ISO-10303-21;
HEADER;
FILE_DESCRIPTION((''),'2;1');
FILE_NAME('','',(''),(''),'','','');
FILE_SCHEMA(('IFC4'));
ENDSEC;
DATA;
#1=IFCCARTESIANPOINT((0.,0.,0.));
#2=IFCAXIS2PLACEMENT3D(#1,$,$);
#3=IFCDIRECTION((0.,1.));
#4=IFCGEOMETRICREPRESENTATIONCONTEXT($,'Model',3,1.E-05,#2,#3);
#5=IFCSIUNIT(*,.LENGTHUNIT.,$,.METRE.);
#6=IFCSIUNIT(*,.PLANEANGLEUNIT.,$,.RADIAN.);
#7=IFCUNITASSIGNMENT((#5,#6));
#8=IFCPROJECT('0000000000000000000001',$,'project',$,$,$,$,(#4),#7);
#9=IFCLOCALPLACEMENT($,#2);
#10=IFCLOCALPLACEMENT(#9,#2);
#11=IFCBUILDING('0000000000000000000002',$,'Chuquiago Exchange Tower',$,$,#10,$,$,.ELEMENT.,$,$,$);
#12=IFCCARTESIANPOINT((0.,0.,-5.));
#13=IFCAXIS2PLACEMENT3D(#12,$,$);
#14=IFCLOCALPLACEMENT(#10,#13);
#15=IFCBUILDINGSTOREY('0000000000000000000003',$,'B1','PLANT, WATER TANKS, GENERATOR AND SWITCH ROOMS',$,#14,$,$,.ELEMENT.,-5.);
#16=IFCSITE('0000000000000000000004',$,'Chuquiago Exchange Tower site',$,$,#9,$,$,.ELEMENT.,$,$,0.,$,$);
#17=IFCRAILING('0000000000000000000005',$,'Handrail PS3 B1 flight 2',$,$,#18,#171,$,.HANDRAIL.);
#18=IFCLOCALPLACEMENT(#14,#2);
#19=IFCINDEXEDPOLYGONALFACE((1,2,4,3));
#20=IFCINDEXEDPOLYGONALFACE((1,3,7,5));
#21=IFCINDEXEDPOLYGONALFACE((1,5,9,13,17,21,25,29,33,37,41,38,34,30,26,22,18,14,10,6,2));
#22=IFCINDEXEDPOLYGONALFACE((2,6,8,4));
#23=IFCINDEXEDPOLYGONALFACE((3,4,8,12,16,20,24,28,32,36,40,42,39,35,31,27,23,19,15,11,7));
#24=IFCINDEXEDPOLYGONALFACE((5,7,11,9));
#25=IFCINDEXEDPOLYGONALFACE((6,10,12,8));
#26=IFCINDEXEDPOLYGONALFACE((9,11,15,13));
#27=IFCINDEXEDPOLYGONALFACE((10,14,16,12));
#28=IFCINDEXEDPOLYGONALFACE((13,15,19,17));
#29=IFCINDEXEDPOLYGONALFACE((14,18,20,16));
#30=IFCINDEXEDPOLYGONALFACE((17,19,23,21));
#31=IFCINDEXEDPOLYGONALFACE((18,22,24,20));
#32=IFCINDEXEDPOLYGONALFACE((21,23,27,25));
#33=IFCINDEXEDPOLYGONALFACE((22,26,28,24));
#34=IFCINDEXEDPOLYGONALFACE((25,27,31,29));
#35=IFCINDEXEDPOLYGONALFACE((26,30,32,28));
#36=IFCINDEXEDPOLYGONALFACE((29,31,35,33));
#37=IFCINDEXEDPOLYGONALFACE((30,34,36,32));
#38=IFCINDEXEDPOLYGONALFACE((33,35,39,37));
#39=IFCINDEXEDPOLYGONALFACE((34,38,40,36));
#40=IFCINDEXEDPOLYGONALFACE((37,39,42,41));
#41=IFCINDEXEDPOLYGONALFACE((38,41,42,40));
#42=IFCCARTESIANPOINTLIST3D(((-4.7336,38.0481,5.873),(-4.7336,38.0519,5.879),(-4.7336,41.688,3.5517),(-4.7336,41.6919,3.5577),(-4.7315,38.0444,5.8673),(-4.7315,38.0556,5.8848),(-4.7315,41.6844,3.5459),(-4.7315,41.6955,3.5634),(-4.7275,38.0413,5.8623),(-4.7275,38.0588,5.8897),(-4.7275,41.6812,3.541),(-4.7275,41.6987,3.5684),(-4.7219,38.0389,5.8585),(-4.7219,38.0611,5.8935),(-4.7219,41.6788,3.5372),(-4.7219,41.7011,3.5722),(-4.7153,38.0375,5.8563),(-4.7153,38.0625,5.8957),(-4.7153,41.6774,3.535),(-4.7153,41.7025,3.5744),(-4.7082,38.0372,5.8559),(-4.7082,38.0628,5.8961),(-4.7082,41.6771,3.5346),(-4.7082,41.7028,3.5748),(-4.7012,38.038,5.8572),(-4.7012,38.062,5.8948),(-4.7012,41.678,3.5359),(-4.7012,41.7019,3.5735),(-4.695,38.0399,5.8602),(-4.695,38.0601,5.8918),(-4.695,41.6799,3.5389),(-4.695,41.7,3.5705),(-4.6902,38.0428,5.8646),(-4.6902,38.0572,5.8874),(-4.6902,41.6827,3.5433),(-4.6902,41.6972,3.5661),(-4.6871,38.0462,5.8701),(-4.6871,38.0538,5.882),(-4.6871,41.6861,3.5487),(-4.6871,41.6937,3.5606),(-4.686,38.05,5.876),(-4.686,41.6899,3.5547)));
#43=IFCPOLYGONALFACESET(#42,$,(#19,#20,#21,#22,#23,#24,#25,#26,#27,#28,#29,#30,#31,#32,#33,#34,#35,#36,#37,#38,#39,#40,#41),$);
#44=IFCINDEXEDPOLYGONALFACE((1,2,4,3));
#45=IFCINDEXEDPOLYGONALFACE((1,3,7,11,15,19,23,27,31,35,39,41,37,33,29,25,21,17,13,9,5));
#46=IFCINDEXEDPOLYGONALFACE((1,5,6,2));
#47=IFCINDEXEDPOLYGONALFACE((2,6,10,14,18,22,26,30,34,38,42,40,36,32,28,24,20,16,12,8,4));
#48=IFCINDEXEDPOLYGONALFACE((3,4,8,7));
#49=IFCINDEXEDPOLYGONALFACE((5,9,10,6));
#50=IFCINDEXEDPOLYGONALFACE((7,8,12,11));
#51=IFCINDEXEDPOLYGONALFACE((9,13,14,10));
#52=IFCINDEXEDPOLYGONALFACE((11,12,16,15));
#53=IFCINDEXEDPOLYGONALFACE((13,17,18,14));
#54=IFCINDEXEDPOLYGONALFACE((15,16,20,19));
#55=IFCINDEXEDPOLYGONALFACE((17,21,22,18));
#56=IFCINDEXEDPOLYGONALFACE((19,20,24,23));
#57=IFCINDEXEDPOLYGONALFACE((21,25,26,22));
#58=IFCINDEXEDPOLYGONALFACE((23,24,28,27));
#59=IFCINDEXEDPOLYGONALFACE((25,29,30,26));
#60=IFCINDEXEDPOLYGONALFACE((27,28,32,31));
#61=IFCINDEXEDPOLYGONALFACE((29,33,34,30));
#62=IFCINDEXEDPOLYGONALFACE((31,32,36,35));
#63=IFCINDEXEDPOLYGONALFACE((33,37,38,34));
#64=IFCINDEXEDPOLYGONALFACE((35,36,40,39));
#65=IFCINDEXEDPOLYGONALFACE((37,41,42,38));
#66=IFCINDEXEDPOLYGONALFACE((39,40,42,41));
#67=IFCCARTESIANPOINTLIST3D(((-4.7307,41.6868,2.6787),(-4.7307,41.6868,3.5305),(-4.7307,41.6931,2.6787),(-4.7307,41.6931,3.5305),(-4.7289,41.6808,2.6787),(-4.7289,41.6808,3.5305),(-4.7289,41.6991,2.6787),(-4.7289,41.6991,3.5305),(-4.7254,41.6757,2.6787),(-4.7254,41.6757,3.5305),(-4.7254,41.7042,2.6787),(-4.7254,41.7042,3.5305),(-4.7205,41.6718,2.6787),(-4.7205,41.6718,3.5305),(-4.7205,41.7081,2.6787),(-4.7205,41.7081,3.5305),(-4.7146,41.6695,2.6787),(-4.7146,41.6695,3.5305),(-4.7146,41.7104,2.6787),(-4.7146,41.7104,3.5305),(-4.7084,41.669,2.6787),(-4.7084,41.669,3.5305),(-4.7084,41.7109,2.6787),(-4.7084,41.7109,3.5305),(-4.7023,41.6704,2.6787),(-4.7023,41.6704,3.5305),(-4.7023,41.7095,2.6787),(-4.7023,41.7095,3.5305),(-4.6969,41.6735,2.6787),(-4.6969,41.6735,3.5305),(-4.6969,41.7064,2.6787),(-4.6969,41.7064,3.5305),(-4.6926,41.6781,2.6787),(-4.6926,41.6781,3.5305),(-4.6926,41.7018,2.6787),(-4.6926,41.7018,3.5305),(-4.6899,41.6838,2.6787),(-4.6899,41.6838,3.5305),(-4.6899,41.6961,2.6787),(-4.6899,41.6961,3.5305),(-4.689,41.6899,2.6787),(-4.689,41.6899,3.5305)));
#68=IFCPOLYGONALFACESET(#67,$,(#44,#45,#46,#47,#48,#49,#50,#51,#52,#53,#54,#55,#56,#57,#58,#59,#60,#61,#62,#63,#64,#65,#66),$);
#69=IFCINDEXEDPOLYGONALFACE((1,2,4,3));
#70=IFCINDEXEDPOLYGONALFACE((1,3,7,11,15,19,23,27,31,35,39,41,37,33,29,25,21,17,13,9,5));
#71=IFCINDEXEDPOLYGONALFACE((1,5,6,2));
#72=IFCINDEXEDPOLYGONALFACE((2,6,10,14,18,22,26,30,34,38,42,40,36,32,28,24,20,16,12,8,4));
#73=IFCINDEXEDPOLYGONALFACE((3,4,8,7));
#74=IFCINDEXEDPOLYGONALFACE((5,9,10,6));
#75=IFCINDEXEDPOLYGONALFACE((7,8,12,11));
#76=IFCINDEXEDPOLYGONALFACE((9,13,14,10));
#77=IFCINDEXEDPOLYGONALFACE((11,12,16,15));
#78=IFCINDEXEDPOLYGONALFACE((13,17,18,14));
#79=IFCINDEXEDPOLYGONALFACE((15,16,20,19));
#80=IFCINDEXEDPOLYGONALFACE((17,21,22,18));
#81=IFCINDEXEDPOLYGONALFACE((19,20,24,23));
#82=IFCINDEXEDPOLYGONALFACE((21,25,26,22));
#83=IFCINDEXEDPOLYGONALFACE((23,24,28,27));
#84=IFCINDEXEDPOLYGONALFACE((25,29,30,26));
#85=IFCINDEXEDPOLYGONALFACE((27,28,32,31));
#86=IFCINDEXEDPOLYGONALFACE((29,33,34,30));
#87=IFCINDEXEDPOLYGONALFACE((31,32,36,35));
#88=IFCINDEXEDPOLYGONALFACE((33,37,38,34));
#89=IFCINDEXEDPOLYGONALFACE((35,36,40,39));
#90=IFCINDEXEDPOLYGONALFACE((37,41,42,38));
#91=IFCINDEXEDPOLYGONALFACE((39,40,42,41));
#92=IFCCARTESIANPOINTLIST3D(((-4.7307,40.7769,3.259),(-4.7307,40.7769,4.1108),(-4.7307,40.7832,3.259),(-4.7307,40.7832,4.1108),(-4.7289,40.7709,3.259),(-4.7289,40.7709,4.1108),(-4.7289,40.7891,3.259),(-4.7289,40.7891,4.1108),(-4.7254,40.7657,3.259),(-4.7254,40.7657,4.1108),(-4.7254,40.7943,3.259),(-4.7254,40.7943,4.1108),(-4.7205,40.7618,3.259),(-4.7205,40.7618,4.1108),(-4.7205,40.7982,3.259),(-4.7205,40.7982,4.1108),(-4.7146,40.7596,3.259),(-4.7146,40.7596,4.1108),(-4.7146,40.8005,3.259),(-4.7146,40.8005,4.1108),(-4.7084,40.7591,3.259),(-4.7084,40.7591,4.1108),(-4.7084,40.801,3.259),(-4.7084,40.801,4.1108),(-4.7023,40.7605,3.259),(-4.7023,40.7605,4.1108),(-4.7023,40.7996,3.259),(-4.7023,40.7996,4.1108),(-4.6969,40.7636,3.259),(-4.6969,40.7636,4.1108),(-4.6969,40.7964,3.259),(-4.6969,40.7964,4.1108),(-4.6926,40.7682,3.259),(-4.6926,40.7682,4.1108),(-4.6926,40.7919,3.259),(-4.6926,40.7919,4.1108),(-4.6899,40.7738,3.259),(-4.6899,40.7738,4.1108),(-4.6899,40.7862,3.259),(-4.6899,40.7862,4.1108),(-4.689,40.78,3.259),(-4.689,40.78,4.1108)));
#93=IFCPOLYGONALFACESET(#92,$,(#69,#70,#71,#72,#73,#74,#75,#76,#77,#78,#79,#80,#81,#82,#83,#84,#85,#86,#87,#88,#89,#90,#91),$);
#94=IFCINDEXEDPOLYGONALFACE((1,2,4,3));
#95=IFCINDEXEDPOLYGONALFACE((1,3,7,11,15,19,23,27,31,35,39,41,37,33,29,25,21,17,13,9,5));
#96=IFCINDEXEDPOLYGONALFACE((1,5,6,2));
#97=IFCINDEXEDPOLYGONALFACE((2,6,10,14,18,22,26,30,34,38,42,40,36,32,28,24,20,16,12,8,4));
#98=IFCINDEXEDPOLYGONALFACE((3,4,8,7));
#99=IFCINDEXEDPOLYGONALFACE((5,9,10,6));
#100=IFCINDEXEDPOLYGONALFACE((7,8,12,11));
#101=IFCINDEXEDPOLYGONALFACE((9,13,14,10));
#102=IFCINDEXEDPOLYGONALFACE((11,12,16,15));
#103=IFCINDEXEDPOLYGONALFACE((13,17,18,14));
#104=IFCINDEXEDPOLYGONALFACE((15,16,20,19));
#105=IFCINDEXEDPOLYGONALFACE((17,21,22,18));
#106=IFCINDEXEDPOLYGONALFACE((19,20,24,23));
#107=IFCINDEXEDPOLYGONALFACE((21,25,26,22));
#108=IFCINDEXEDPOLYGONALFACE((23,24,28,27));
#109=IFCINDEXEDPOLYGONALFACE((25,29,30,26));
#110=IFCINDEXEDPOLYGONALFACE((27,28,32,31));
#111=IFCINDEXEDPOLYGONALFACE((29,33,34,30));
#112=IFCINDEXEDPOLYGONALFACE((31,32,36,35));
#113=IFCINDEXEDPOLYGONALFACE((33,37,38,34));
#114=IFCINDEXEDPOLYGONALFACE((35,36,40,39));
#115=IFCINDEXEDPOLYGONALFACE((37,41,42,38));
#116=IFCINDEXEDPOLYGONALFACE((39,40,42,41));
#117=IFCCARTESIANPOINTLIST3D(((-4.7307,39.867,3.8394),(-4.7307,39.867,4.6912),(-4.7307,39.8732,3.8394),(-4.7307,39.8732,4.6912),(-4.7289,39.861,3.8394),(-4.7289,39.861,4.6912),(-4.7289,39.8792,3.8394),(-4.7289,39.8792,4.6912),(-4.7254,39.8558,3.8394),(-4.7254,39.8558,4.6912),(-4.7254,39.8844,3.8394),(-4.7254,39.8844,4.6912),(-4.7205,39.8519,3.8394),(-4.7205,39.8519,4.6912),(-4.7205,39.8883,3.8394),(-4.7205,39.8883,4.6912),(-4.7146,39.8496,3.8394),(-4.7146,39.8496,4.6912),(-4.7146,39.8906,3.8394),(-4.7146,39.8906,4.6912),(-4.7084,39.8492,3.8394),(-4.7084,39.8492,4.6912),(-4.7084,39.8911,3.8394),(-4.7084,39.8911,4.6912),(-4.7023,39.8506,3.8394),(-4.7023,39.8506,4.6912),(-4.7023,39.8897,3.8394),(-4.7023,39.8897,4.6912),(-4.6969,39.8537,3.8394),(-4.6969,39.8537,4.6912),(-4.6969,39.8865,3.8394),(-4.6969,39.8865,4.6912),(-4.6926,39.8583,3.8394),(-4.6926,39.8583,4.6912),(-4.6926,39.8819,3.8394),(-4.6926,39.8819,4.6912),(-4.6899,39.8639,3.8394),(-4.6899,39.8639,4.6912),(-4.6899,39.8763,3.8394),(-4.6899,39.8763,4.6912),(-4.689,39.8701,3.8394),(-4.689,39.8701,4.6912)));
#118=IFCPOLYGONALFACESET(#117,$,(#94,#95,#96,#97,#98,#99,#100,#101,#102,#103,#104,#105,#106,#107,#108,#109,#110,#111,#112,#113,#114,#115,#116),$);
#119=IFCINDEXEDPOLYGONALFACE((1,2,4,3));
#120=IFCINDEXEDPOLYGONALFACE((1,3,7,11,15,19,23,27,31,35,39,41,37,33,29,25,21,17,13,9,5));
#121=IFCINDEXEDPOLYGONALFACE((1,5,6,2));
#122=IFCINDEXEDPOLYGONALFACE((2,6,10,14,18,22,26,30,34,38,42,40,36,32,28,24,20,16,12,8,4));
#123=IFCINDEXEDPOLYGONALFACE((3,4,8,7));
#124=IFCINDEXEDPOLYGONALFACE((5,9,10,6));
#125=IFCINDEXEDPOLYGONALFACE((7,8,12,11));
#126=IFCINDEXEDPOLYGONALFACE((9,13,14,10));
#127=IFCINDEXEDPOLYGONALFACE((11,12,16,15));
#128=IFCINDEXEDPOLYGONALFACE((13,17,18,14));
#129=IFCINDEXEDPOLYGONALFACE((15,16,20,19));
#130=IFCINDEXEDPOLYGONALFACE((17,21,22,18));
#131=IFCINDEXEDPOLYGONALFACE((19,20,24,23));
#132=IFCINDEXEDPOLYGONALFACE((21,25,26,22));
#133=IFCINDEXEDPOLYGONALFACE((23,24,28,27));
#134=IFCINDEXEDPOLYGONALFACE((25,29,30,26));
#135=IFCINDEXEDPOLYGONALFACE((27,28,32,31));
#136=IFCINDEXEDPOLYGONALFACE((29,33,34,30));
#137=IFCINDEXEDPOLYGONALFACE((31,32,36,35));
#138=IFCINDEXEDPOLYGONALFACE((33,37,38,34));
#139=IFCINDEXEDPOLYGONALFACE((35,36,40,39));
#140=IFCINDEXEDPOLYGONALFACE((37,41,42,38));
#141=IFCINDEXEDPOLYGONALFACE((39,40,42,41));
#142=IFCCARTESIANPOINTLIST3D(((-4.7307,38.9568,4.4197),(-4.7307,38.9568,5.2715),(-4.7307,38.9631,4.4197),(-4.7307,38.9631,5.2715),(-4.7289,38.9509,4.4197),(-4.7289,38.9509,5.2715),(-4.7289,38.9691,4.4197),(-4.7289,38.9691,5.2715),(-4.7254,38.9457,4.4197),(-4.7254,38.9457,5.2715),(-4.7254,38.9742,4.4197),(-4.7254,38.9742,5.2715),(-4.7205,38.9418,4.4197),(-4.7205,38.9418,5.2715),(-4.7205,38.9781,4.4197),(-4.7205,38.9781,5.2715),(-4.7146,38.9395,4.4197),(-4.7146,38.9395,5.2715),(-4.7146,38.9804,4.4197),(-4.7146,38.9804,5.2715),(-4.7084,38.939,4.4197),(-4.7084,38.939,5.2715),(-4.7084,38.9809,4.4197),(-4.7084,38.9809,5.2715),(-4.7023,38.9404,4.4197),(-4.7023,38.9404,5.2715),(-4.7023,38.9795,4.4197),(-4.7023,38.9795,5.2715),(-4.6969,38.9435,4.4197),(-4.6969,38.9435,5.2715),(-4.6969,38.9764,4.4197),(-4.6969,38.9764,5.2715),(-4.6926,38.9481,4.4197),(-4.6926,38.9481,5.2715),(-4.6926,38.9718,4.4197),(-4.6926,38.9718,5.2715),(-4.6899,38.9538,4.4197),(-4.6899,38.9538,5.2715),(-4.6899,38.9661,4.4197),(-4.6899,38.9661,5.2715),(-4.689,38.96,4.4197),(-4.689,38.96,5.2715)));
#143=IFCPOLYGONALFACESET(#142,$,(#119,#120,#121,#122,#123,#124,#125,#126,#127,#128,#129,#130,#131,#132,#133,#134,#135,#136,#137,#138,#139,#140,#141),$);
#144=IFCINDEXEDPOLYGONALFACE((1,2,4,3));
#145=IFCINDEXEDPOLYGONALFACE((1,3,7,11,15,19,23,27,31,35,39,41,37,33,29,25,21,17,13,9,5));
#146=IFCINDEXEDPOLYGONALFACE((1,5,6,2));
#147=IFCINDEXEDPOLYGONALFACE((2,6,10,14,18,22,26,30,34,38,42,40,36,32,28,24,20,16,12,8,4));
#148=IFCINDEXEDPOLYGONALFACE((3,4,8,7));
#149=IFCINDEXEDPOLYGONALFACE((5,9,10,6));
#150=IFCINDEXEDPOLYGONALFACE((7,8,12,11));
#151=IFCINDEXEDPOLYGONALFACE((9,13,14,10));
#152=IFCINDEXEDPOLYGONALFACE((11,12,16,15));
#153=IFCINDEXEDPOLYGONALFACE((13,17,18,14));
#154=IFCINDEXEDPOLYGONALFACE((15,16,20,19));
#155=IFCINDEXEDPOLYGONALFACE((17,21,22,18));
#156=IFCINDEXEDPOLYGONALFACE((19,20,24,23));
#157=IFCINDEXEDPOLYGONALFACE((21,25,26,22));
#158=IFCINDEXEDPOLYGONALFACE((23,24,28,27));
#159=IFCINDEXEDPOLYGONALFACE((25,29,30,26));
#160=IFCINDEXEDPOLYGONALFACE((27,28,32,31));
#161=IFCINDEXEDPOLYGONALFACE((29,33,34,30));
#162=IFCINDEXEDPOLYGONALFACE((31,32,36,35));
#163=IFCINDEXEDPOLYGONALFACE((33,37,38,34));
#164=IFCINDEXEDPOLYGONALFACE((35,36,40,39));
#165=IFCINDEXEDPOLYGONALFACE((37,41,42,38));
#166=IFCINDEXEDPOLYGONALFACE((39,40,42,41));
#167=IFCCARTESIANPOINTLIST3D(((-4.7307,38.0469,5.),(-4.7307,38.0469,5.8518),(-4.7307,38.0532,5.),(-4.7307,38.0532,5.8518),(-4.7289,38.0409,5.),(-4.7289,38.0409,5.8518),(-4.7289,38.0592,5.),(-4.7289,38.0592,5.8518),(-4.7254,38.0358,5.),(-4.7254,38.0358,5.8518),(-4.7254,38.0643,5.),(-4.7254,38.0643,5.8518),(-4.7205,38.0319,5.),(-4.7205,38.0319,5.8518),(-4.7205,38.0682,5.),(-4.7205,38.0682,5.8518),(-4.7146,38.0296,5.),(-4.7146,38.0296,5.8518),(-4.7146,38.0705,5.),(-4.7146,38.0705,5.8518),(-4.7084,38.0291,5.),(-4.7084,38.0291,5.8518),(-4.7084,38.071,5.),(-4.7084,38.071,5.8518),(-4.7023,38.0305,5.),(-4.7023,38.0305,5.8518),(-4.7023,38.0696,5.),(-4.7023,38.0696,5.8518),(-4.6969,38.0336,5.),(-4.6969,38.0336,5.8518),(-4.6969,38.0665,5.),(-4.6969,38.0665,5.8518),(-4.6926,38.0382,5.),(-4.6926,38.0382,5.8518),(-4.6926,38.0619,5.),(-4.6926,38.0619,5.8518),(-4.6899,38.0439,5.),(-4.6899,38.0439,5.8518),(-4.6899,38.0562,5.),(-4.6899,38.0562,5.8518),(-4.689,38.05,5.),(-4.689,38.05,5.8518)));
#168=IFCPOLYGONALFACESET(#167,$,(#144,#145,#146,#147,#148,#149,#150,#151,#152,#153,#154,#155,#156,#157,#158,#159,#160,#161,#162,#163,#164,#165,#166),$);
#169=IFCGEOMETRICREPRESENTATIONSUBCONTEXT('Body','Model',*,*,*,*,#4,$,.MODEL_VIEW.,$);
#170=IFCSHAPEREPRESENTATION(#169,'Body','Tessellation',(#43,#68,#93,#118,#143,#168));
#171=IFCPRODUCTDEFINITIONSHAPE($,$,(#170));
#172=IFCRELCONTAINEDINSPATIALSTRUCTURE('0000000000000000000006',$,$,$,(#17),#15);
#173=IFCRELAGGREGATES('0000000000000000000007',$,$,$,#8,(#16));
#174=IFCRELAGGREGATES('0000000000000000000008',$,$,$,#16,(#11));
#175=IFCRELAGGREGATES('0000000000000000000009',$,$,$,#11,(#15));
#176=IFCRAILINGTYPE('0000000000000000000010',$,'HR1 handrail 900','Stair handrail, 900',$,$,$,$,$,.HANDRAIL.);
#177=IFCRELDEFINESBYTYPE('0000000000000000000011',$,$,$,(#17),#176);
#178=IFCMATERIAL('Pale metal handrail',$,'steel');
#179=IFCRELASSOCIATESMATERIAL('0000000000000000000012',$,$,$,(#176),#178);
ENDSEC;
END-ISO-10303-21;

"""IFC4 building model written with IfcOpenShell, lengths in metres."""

from ifc_helpers import new_model, si_unit, direction, frame, origin, origin_2d, place, context, subcontext, project, spatial, circle, extrude, material, type_object, element, save


model = new_model("IFC4")

# Units and contexts
model_context = context("Model", 3, precision=1e-05, world=origin(), true_north=direction((0.0, 1.0)))
body_context = subcontext(model_context, "Body", "Model", "MODEL_VIEW")
ifc_project = project(units=[si_unit("LENGTHUNIT", "METRE"), si_unit("PLANEANGLEUNIT", "RADIAN")], contexts=[model_context])

# Site, building, storey
site_placement = place(None, origin())
site = spatial("IfcSite", under=ifc_project, at=site_placement, Name="Chuquiago Exchange Tower site", CompositionType="ELEMENT", RefElevation=0.0)
building_placement = place(site_placement, origin())
building = spatial("IfcBuilding", under=site, at=building_placement, Name="Chuquiago Exchange Tower", CompositionType="ELEMENT")
storey_placement = place(building_placement, frame((0.0, 0.0, -5.0)))
storey = spatial("IfcBuildingStorey", under=building, at=storey_placement, Name="B1", Description="PLANT, WATER TANKS, GENERATOR AND SWITCH ROOMS", CompositionType="ELEMENT", Elevation=-5.0)

# Railing
ifc_material_1 = material(Name="Pale metal handrail", Category="steel")
railing_type = type_object("IfcRailingType", Name="HR1 handrail 900", Description="Stair handrail, 900", PredefinedType="HANDRAIL", material=ifc_material_1)
for number, where, name in (
    (1, (-4.71, 41.6899, 2.6787), "Handrail PS3 B1 flight 2"),
):
    element("IfcRailing", number, at=place(storey_placement, frame(where)), inside=storey, type_object=railing_type, Name=name, PredefinedType="HANDRAIL", context=body_context, shape_type="SweptSolid", body=[
        extrude(circle(Radius=0.0239, at=origin_2d()), frame((0.0, 0.0, 0.876), z_axis=(0.0, -0.843137, 0.537699), x_axis=(1.0, 0.0, 0.0)), (0.0, 0.0, 1.0), 4.3171),
        extrude(circle(Radius=0.021, at=origin_2d()), origin(), (0.0, 0.0, 1.0), 0.8518),
        extrude(circle(Radius=0.021, at=origin_2d()), frame((0.0, -0.9099, 0.5803)), (0.0, 0.0, 1.0), 0.8518),
        extrude(circle(Radius=0.021, at=origin_2d()), frame((0.0, -1.8198, 1.1606)), (0.0, 0.0, 1.0), 0.8518),
        extrude(circle(Radius=0.021, at=origin_2d()), frame((0.0, -2.73, 1.741)), (0.0, 0.0, 1.0), 0.8518),
        extrude(circle(Radius=0.021, at=origin_2d()), frame((0.0, -3.6399, 2.3213)), (0.0, 0.0, 1.0), 0.8518),
    ])

save(model, "model.ifc")
